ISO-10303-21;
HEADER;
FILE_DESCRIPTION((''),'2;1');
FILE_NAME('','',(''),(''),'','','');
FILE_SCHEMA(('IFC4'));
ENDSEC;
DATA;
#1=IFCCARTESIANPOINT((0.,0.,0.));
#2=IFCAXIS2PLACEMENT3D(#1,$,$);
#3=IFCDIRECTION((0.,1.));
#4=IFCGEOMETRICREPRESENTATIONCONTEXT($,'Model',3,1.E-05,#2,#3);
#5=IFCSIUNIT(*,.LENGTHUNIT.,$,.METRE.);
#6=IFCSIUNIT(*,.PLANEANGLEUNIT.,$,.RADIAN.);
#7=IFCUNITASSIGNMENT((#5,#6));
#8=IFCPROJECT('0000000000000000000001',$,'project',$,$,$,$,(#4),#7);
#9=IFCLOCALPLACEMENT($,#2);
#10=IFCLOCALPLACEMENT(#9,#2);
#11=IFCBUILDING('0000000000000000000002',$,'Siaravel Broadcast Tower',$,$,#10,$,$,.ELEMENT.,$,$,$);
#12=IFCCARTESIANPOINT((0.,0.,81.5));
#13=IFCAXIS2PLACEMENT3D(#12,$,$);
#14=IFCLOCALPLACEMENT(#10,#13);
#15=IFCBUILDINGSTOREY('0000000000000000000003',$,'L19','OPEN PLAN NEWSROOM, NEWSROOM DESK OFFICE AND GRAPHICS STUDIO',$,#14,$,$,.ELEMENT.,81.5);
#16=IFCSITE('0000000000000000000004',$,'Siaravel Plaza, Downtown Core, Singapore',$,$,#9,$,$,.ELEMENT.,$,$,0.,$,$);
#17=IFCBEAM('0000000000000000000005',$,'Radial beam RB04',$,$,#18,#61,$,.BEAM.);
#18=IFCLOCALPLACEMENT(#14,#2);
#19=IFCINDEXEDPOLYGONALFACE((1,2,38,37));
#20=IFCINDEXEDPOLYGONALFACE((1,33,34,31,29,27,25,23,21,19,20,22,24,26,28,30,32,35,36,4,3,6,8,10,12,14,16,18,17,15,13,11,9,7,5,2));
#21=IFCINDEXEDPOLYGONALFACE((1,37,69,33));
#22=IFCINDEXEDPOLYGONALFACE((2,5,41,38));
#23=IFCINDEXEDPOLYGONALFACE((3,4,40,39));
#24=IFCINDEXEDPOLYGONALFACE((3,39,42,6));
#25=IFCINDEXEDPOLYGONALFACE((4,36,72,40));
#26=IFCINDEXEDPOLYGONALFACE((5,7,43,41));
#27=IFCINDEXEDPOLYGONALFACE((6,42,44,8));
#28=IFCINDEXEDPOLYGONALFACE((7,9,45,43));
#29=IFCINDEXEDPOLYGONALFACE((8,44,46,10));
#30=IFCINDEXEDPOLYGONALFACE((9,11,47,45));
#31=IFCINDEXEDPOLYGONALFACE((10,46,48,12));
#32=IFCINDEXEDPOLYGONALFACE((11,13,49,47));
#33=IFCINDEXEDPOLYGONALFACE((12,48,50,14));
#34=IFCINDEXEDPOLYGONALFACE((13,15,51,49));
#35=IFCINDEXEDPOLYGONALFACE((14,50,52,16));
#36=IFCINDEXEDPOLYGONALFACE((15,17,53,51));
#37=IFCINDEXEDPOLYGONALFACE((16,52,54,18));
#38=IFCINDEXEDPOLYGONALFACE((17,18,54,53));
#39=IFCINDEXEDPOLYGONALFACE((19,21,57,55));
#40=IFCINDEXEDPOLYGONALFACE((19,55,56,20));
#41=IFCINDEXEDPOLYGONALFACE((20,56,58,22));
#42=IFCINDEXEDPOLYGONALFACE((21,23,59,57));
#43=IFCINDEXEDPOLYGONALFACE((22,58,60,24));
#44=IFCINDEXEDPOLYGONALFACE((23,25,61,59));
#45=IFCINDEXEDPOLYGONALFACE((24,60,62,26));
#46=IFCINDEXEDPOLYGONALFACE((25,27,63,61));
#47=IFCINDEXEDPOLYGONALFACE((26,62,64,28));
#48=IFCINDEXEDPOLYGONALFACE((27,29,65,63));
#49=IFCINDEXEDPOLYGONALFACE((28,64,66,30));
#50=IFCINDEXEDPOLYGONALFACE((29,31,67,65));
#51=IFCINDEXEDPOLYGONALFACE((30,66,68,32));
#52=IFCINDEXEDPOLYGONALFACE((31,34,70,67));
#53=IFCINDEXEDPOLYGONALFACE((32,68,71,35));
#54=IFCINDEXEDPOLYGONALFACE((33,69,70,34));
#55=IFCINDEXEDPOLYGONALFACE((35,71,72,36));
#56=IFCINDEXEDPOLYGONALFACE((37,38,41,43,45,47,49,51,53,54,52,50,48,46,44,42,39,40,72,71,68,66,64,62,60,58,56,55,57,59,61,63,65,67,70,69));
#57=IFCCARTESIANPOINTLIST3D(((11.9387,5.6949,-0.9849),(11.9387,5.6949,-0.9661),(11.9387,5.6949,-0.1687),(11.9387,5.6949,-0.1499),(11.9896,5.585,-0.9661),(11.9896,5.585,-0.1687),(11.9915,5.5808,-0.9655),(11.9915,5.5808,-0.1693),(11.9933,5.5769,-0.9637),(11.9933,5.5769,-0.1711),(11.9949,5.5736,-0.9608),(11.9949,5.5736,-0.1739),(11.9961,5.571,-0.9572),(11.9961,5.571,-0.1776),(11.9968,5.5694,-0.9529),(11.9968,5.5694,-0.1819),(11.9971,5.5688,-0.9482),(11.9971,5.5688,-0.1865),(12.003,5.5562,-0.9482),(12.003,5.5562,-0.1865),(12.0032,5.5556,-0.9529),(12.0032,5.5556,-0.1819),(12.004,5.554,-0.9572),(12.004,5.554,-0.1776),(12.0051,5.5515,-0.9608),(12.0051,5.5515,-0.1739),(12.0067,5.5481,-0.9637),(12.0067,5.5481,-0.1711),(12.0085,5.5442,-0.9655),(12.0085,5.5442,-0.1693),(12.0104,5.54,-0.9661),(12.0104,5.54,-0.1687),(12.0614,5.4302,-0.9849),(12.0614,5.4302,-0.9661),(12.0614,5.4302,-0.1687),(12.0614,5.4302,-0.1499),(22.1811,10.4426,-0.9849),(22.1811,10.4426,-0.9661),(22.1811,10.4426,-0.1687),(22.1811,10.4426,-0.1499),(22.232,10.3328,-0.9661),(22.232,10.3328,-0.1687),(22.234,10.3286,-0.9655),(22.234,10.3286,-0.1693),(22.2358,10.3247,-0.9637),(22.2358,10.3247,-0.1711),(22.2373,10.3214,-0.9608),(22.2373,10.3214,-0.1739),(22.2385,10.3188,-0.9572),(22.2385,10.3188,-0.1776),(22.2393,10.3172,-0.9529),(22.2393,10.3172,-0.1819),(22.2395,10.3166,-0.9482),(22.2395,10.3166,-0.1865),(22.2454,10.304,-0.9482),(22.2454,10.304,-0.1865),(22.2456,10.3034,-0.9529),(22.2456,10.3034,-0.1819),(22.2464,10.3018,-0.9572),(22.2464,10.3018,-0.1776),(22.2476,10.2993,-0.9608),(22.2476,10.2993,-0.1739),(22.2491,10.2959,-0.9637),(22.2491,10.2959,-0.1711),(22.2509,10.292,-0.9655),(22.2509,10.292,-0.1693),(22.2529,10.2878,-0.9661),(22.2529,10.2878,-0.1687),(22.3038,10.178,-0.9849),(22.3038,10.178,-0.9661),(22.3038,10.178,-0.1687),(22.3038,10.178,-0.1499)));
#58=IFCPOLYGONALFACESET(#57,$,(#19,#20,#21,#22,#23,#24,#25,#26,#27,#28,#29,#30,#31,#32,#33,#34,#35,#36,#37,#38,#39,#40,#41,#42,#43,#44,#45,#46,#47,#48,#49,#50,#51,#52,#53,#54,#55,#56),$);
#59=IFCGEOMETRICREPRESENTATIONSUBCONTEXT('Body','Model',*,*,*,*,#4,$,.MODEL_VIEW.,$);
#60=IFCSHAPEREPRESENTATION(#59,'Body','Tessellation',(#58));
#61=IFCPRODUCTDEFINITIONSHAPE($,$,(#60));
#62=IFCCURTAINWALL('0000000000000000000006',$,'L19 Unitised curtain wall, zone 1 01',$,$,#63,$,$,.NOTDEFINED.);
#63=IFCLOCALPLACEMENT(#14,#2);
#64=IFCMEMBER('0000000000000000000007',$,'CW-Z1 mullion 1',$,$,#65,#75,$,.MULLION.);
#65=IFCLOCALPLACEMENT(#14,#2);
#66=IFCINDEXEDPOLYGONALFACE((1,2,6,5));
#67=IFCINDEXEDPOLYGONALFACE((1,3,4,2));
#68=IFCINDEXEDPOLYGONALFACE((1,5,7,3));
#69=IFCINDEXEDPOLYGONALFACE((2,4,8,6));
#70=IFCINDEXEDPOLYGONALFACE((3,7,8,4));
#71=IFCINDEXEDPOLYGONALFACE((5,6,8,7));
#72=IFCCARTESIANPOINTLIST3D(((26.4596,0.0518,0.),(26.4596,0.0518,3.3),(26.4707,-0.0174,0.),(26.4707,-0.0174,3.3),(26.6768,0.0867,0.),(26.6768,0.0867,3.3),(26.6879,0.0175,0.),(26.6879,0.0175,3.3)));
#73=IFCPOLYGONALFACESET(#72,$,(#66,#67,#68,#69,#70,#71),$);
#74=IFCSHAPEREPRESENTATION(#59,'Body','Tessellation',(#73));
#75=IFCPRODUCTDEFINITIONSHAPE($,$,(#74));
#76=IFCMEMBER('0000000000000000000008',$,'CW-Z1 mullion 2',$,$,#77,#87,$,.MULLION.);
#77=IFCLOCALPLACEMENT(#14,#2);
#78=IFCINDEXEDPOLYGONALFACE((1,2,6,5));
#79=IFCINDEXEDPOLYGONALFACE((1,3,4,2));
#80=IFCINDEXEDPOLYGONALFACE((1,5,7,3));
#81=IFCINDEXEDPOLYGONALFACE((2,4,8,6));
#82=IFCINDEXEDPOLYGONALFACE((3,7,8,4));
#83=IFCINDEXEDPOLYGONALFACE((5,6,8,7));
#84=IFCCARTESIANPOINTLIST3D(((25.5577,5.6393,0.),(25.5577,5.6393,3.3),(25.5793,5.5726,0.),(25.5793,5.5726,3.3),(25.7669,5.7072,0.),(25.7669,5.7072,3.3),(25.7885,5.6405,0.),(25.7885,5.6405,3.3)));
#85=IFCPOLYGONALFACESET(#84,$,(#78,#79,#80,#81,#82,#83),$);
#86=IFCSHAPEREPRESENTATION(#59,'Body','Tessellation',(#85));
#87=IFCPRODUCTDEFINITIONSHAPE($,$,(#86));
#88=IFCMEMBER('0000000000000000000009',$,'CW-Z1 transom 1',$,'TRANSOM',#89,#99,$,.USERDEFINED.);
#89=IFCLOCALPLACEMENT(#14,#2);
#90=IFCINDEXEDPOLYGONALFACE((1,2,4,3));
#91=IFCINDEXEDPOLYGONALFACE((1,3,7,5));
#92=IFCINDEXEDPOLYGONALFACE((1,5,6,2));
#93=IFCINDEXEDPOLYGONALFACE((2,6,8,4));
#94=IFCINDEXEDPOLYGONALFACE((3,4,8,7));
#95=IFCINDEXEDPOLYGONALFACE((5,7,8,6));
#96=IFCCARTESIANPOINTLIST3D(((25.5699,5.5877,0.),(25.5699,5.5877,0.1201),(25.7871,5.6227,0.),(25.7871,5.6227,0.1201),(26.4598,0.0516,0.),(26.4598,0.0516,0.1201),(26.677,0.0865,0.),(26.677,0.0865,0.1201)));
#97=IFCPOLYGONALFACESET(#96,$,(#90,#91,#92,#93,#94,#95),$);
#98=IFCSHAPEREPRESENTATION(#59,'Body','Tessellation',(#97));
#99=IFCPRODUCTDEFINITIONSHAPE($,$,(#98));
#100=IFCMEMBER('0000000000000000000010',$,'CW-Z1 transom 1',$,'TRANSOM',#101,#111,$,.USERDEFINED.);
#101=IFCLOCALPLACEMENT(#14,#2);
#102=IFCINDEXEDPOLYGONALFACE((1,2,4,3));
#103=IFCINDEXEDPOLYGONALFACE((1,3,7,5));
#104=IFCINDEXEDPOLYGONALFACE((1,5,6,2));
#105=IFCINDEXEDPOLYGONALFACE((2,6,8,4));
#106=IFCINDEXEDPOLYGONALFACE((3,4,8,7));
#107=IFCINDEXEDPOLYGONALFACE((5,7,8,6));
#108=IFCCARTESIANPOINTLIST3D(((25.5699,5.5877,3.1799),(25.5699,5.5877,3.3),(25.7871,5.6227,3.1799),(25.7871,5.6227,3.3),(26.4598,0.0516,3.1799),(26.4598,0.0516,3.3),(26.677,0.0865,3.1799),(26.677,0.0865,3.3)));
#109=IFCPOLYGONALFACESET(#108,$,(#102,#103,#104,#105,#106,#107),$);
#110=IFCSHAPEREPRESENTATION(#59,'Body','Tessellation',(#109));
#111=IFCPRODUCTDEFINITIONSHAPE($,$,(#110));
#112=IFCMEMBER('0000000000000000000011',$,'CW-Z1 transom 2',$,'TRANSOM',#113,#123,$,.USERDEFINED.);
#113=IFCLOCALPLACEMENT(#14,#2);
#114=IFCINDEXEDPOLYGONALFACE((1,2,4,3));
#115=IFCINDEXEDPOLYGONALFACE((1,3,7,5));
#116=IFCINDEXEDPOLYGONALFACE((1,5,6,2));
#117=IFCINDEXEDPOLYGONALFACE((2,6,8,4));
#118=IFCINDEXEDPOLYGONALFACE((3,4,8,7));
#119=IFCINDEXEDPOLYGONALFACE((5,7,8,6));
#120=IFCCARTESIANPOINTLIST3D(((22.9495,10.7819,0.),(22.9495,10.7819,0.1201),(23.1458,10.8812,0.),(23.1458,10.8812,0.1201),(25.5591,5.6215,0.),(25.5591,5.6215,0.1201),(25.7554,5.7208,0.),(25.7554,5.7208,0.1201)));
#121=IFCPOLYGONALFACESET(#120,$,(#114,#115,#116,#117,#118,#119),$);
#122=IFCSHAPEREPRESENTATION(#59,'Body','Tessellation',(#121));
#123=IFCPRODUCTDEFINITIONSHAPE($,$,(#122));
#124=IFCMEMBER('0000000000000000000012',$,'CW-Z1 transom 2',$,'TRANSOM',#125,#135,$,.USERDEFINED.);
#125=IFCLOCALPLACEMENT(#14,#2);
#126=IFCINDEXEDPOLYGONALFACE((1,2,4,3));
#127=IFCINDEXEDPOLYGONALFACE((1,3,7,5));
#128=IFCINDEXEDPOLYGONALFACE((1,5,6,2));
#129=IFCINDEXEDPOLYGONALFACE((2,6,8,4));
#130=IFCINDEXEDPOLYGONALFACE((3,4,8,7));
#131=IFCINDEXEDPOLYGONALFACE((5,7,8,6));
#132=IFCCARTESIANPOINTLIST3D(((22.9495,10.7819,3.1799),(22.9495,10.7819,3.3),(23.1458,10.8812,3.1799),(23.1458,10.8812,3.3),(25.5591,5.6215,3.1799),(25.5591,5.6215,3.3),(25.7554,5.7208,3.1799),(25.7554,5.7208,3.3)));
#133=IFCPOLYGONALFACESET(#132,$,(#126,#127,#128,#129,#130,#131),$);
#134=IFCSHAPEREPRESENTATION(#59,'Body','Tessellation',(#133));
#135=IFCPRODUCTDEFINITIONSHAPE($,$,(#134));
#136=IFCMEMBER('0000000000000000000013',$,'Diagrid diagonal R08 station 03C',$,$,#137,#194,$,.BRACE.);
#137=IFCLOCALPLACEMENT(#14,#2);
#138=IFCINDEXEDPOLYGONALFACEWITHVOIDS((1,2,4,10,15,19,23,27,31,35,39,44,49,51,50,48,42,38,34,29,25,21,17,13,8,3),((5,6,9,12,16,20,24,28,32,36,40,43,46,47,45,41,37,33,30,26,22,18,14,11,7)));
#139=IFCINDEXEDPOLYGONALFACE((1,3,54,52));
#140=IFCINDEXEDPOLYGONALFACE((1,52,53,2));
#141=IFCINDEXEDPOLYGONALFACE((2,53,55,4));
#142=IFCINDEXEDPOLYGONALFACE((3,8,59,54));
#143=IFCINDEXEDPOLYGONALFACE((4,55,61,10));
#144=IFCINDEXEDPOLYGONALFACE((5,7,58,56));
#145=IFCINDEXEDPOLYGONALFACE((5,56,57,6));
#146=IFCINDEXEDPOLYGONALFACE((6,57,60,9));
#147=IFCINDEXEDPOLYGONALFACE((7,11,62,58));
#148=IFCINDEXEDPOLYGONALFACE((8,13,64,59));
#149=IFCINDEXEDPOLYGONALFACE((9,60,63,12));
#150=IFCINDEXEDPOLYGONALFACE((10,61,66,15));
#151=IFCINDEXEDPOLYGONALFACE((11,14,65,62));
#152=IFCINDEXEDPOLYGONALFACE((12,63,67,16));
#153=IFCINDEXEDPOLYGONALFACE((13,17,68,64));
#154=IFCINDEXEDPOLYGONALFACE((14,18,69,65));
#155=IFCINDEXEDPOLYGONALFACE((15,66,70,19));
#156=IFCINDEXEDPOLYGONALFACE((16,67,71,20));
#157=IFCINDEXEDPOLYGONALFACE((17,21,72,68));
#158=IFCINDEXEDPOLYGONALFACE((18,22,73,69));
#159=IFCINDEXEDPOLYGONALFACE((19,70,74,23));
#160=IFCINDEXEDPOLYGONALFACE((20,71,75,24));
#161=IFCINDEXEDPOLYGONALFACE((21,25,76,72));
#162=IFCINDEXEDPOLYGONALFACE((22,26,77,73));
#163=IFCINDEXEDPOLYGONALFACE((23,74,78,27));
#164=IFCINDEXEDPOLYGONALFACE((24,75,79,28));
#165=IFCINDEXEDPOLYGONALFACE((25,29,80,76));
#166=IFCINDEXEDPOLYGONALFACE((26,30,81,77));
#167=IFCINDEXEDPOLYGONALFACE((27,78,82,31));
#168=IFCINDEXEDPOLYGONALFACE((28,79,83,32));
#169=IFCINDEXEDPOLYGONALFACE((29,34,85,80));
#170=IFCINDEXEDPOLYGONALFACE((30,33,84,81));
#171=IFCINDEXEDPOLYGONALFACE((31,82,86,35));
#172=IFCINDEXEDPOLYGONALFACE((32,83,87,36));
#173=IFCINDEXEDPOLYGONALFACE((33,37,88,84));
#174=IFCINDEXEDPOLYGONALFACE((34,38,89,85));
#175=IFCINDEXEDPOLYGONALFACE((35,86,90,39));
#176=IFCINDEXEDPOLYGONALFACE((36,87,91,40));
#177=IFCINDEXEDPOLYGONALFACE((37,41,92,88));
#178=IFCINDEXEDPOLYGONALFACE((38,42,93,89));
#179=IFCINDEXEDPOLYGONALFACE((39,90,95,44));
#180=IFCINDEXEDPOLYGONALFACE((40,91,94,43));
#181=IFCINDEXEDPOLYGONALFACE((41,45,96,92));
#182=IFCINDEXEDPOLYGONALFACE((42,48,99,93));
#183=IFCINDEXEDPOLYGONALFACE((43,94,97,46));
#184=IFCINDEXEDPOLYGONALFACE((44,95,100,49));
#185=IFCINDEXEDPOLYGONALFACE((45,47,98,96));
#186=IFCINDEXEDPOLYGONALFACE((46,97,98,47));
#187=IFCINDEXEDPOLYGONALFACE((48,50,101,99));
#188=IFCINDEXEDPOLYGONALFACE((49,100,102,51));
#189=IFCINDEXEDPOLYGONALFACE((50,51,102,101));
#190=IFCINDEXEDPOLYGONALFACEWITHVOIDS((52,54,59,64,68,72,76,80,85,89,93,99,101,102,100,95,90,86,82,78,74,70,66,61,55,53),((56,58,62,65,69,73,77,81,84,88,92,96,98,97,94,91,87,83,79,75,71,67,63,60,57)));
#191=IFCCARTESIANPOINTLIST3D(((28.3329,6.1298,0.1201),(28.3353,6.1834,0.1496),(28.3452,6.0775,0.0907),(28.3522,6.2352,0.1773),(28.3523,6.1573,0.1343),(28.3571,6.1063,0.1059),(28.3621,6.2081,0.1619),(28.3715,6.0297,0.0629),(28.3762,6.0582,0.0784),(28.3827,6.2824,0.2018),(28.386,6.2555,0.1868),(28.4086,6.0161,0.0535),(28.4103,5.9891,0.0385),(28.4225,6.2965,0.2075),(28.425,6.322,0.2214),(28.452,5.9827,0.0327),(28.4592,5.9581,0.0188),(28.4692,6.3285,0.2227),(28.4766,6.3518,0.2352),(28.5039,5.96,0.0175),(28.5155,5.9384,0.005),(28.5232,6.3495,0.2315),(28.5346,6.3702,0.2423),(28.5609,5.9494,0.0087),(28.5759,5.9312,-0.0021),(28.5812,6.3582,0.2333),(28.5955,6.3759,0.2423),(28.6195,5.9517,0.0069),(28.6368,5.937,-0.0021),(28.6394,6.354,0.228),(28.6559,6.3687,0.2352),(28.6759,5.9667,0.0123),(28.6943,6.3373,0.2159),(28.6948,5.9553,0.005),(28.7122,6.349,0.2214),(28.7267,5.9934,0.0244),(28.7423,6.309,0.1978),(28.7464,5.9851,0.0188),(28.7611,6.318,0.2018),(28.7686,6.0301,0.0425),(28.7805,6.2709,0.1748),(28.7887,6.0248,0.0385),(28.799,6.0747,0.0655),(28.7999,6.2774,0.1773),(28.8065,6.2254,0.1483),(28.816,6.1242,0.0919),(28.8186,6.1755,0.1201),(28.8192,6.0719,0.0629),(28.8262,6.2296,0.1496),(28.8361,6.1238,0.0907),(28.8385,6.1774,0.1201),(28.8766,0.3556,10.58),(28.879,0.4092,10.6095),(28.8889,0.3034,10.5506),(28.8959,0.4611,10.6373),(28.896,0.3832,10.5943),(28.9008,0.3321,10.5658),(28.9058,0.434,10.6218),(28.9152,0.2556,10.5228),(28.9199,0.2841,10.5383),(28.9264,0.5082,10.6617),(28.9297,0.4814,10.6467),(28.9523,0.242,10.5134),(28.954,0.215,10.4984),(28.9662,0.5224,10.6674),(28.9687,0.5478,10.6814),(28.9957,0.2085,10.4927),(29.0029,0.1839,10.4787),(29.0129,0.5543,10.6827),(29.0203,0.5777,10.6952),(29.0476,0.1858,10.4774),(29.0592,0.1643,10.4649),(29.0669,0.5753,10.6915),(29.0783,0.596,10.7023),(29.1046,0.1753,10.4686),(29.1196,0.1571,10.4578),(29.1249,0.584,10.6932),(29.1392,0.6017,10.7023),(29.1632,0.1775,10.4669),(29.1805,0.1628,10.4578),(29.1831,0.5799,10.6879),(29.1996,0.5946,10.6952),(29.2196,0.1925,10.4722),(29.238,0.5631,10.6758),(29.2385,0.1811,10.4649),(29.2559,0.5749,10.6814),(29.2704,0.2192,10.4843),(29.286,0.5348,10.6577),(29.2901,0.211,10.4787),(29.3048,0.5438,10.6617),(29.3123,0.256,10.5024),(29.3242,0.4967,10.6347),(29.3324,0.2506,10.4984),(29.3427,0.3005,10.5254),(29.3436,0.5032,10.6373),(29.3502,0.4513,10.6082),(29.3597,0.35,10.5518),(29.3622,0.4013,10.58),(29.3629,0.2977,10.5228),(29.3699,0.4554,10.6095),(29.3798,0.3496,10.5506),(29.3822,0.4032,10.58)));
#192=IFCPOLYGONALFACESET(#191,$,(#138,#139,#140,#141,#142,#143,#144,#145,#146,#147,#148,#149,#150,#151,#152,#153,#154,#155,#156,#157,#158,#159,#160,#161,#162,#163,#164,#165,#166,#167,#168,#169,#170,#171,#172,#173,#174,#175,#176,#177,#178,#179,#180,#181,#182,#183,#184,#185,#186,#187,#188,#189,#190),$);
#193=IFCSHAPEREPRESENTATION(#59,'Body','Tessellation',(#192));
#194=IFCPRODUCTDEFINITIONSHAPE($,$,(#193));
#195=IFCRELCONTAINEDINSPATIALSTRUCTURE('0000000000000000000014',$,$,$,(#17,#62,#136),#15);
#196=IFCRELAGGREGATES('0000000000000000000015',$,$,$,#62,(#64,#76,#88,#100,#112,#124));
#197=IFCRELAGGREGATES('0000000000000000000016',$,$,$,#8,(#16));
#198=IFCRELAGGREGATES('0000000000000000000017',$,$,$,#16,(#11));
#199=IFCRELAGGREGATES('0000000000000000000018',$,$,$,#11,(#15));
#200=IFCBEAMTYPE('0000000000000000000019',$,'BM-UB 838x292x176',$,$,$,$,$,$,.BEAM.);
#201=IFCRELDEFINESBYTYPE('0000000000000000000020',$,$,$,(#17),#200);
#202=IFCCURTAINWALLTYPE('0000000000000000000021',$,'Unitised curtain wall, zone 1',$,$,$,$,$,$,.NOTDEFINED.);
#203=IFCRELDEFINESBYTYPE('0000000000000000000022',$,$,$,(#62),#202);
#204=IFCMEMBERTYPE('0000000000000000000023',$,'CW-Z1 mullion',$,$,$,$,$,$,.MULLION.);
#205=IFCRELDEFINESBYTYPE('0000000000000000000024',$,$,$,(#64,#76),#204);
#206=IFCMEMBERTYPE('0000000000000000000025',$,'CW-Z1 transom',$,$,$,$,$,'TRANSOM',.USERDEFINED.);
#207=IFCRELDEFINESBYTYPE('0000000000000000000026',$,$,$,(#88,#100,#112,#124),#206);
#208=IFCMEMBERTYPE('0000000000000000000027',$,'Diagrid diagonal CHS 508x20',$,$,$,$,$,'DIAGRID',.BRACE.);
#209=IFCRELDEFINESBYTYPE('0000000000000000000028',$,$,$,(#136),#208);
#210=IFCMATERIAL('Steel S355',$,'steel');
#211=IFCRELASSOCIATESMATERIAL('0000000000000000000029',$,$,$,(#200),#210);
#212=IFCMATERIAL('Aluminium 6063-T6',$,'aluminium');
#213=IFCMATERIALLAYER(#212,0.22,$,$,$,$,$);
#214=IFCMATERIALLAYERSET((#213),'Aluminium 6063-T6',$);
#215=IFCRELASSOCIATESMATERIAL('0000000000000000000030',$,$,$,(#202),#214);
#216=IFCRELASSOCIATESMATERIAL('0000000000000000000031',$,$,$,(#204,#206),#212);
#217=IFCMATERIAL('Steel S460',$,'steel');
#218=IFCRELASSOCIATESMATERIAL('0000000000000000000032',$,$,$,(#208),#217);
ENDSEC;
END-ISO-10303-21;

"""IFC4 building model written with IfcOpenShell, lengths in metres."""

from ifc_helpers import new_model, si_unit, direction, frame, origin, origin_2d, place, context, subcontext, project, spatial, rectangle, hollow_circle, i_section, extrude, material, layer, layer_set, material_profile, profile_set, type_object, element, aggregate, save


model = new_model("IFC4")

# Units and contexts
model_context = context("Model", 3, precision=1e-05, world=origin(), true_north=direction((0.0, 1.0)))
body_context = subcontext(model_context, "Body", "Model", "MODEL_VIEW")
ifc_project = project(units=[si_unit("LENGTHUNIT", "METRE"), si_unit("PLANEANGLEUNIT", "RADIAN")], contexts=[model_context])

# Site, building, storey
site_placement = place(None, origin())
site = spatial("IfcSite", under=ifc_project, at=site_placement, Name="Siaravel Plaza, Downtown Core, Singapore", CompositionType="ELEMENT", RefElevation=0.0)
building_placement = place(site_placement, origin())
building = spatial("IfcBuilding", under=site, at=building_placement, Name="Siaravel Broadcast Tower", CompositionType="ELEMENT")
storey_placement = place(building_placement, frame((0.0, 0.0, 81.5)))
storey = spatial("IfcBuildingStorey", under=building, at=storey_placement, Name="L19", Description="OPEN PLAN NEWSROOM, NEWSROOM DESK OFFICE AND GRAPHICS STUDIO", CompositionType="ELEMENT", Elevation=81.5)

# Beam
ifc_material_1 = material(Name="Steel S355", Category="steel")
ifc_material_profile_1 = material_profile(ifc_material_1, i_section(OverallWidth=0.2917, OverallDepth=0.835, WebThickness=0.0139, FlangeThickness=0.0188, FilletRadius=0.0178, at=origin_2d()))
ifc_profile_set_1 = profile_set([ifc_material_profile_1], Name="Steel S355")
beam_type = type_object("IfcBeamType", Name="BM-UB 838x292x176", PredefinedType="BEAM", material=ifc_profile_set_1)
beam_1_placement = place(storey_placement, frame((22.2424, 10.3103, -0.5674), z_axis=(-0.907266, -0.420557, 0.0), x_axis=(0.420557, -0.907266, 0.0)))
element("IfcBeam", 1, at=beam_1_placement, inside=storey, type_object=beam_type, Name="Radial beam RB04", PredefinedType="BEAM", context=body_context, shape_type="SweptSolid", body=[
    extrude(i_section(OverallWidth=0.2917, OverallDepth=0.835, WebThickness=0.0139, FlangeThickness=0.0188, FilletRadius=0.0178, at=origin_2d()), origin(), (0.0, 0.0, 1.0), 11.2893),
])

# Curtain wall, members
ifc_material_2 = material(Name="Aluminium 6063-T6", Category="aluminium")
ifc_layer_1 = layer(ifc_material_2, 0.22)
ifc_layer_set_1 = layer_set([ifc_layer_1], Name="Aluminium 6063-T6")
curtain_wall_type = type_object("IfcCurtainWallType", Name="Unitised curtain wall, zone 1", PredefinedType="NOTDEFINED", material=ifc_layer_set_1)
curtain_wall_placement = place(storey_placement, origin())
curtain_wall = element("IfcCurtainWall", 2, at=curtain_wall_placement, inside=storey, type_object=curtain_wall_type, Name="L19 Unitised curtain wall, zone 1 01", PredefinedType="NOTDEFINED")
ifc_material_profile_2 = material_profile(ifc_material_2, rectangle(XDim=0.22, YDim=0.0701, at=origin_2d()))
ifc_profile_set_2 = profile_set([ifc_material_profile_2], Name="Aluminium 6063-T6")
member_type_1 = type_object("IfcMemberType", Name="CW-Z1 mullion", PredefinedType="MULLION", material=ifc_profile_set_2)
member_1_placement = place(storey_placement, frame((26.5737, 0.0347, 0.0), z_axis=(0.0, 0.0, 1.0), x_axis=(-0.987329, -0.158685, 0.0)))
member_1 = element("IfcMember", 3, at=member_1_placement, type_object=member_type_1, Name="CW-Z1 mullion 1", PredefinedType="MULLION", context=body_context, shape_type="SweptSolid", body=[
    extrude(rectangle(XDim=0.22, YDim=0.0701, at=origin_2d()), origin(), (0.0, 0.0, 1.0), 3.3),
])
member_2_placement = place(storey_placement, frame((25.6731, 5.6399, 0.0), z_axis=(0.0, 0.0, 1.0), x_axis=(-0.951177, -0.308645, 0.0)))
member_2 = element("IfcMember", 4, at=member_2_placement, type_object=member_type_1, Name="CW-Z1 mullion 2", PredefinedType="MULLION", context=body_context, shape_type="SweptSolid", body=[
    extrude(rectangle(XDim=0.22, YDim=0.0701, at=origin_2d()), origin(), (0.0, 0.0, 1.0), 3.3),
])
ifc_material_profile_3 = material_profile(ifc_material_2, rectangle(XDim=0.22, YDim=0.1201, at=origin_2d()))
ifc_profile_set_3 = profile_set([ifc_material_profile_3], Name="Aluminium 6063-T6")
member_type_2 = type_object("IfcMemberType", Name="CW-Z1 transom", ElementType="TRANSOM", PredefinedType="USERDEFINED", material=ifc_profile_set_3)
member_3_placement = place(storey_placement, frame((26.5684, 0.0691, 0.0601), z_axis=(-0.158705, 0.987326, 0.0), x_axis=(-0.987326, -0.158705, 0.0)))
member_3 = element("IfcMember", 5, at=member_3_placement, type_object=member_type_2, Name="CW-Z1 transom 1", ObjectType="TRANSOM", PredefinedType="USERDEFINED", context=body_context, shape_type="SweptSolid", body=[
    extrude(rectangle(XDim=0.22, YDim=0.1201, at=origin_2d()), origin(), (0.0, 0.0, 1.0), 5.6072),
])
member_4_placement = place(storey_placement, frame((26.5684, 0.0691, 3.24), z_axis=(-0.158705, 0.987326, 0.0), x_axis=(-0.987326, -0.158705, 0.0)))
member_4 = element("IfcMember", 6, at=member_4_placement, type_object=member_type_2, Name="CW-Z1 transom 1", ObjectType="TRANSOM", PredefinedType="USERDEFINED", context=body_context, shape_type="SweptSolid", body=[
    extrude(rectangle(XDim=0.22, YDim=0.1201, at=origin_2d()), origin(), (0.0, 0.0, 1.0), 5.6072),
])
member_5_placement = place(storey_placement, frame((25.6572, 5.6711, 0.0601), z_axis=(-0.451279, 0.892383, 0.0), x_axis=(-0.892383, -0.451279, 0.0)))
member_5 = element("IfcMember", 7, at=member_5_placement, type_object=member_type_2, Name="CW-Z1 transom 2", ObjectType="TRANSOM", PredefinedType="USERDEFINED", context=body_context, shape_type="SweptSolid", body=[
    extrude(rectangle(XDim=0.22, YDim=0.1201, at=origin_2d()), origin(), (0.0, 0.0, 1.0), 5.7827),
])
member_6_placement = place(storey_placement, frame((25.6572, 5.6711, 3.24), z_axis=(-0.451279, 0.892383, 0.0), x_axis=(-0.892383, -0.451279, 0.0)))
member_6 = element("IfcMember", 8, at=member_6_placement, type_object=member_type_2, Name="CW-Z1 transom 2", ObjectType="TRANSOM", PredefinedType="USERDEFINED", context=body_context, shape_type="SweptSolid", body=[
    extrude(rectangle(XDim=0.22, YDim=0.1201, at=origin_2d()), origin(), (0.0, 0.0, 1.0), 5.7827),
])

# Member
ifc_material_3 = material(Name="Steel S460", Category="steel")
ifc_material_profile_4 = material_profile(ifc_material_3, hollow_circle(Radius=0.2539, WallThickness=0.02, at=origin_2d()))
ifc_profile_set_4 = profile_set([ifc_material_profile_4], Name="Steel S460")
member_type_3 = type_object("IfcMemberType", Name="Diagrid diagonal CHS 508x20", ElementType="DIAGRID", PredefinedType="BRACE", material=ifc_profile_set_4)
member_7_placement = place(storey_placement, frame((28.5857, 6.1536, 0.1201), z_axis=(0.045459, -0.48278, 0.874561), x_axis=(0.995596, 0.093746, 0.0)))
element("IfcMember", 9, at=member_7_placement, inside=storey, type_object=member_type_3, Name="Diagrid diagonal R08 station 03C", PredefinedType="BRACE", context=body_context, shape_type="SweptSolid", body=[
    extrude(hollow_circle(Radius=0.2539, WallThickness=0.02, at=origin_2d()), origin(), (0.0, 0.0, 1.0), 11.9602),
])

aggregate(curtain_wall, [member_1, member_2, member_3, member_4, member_5, member_6])

save(model, "model.ifc")
